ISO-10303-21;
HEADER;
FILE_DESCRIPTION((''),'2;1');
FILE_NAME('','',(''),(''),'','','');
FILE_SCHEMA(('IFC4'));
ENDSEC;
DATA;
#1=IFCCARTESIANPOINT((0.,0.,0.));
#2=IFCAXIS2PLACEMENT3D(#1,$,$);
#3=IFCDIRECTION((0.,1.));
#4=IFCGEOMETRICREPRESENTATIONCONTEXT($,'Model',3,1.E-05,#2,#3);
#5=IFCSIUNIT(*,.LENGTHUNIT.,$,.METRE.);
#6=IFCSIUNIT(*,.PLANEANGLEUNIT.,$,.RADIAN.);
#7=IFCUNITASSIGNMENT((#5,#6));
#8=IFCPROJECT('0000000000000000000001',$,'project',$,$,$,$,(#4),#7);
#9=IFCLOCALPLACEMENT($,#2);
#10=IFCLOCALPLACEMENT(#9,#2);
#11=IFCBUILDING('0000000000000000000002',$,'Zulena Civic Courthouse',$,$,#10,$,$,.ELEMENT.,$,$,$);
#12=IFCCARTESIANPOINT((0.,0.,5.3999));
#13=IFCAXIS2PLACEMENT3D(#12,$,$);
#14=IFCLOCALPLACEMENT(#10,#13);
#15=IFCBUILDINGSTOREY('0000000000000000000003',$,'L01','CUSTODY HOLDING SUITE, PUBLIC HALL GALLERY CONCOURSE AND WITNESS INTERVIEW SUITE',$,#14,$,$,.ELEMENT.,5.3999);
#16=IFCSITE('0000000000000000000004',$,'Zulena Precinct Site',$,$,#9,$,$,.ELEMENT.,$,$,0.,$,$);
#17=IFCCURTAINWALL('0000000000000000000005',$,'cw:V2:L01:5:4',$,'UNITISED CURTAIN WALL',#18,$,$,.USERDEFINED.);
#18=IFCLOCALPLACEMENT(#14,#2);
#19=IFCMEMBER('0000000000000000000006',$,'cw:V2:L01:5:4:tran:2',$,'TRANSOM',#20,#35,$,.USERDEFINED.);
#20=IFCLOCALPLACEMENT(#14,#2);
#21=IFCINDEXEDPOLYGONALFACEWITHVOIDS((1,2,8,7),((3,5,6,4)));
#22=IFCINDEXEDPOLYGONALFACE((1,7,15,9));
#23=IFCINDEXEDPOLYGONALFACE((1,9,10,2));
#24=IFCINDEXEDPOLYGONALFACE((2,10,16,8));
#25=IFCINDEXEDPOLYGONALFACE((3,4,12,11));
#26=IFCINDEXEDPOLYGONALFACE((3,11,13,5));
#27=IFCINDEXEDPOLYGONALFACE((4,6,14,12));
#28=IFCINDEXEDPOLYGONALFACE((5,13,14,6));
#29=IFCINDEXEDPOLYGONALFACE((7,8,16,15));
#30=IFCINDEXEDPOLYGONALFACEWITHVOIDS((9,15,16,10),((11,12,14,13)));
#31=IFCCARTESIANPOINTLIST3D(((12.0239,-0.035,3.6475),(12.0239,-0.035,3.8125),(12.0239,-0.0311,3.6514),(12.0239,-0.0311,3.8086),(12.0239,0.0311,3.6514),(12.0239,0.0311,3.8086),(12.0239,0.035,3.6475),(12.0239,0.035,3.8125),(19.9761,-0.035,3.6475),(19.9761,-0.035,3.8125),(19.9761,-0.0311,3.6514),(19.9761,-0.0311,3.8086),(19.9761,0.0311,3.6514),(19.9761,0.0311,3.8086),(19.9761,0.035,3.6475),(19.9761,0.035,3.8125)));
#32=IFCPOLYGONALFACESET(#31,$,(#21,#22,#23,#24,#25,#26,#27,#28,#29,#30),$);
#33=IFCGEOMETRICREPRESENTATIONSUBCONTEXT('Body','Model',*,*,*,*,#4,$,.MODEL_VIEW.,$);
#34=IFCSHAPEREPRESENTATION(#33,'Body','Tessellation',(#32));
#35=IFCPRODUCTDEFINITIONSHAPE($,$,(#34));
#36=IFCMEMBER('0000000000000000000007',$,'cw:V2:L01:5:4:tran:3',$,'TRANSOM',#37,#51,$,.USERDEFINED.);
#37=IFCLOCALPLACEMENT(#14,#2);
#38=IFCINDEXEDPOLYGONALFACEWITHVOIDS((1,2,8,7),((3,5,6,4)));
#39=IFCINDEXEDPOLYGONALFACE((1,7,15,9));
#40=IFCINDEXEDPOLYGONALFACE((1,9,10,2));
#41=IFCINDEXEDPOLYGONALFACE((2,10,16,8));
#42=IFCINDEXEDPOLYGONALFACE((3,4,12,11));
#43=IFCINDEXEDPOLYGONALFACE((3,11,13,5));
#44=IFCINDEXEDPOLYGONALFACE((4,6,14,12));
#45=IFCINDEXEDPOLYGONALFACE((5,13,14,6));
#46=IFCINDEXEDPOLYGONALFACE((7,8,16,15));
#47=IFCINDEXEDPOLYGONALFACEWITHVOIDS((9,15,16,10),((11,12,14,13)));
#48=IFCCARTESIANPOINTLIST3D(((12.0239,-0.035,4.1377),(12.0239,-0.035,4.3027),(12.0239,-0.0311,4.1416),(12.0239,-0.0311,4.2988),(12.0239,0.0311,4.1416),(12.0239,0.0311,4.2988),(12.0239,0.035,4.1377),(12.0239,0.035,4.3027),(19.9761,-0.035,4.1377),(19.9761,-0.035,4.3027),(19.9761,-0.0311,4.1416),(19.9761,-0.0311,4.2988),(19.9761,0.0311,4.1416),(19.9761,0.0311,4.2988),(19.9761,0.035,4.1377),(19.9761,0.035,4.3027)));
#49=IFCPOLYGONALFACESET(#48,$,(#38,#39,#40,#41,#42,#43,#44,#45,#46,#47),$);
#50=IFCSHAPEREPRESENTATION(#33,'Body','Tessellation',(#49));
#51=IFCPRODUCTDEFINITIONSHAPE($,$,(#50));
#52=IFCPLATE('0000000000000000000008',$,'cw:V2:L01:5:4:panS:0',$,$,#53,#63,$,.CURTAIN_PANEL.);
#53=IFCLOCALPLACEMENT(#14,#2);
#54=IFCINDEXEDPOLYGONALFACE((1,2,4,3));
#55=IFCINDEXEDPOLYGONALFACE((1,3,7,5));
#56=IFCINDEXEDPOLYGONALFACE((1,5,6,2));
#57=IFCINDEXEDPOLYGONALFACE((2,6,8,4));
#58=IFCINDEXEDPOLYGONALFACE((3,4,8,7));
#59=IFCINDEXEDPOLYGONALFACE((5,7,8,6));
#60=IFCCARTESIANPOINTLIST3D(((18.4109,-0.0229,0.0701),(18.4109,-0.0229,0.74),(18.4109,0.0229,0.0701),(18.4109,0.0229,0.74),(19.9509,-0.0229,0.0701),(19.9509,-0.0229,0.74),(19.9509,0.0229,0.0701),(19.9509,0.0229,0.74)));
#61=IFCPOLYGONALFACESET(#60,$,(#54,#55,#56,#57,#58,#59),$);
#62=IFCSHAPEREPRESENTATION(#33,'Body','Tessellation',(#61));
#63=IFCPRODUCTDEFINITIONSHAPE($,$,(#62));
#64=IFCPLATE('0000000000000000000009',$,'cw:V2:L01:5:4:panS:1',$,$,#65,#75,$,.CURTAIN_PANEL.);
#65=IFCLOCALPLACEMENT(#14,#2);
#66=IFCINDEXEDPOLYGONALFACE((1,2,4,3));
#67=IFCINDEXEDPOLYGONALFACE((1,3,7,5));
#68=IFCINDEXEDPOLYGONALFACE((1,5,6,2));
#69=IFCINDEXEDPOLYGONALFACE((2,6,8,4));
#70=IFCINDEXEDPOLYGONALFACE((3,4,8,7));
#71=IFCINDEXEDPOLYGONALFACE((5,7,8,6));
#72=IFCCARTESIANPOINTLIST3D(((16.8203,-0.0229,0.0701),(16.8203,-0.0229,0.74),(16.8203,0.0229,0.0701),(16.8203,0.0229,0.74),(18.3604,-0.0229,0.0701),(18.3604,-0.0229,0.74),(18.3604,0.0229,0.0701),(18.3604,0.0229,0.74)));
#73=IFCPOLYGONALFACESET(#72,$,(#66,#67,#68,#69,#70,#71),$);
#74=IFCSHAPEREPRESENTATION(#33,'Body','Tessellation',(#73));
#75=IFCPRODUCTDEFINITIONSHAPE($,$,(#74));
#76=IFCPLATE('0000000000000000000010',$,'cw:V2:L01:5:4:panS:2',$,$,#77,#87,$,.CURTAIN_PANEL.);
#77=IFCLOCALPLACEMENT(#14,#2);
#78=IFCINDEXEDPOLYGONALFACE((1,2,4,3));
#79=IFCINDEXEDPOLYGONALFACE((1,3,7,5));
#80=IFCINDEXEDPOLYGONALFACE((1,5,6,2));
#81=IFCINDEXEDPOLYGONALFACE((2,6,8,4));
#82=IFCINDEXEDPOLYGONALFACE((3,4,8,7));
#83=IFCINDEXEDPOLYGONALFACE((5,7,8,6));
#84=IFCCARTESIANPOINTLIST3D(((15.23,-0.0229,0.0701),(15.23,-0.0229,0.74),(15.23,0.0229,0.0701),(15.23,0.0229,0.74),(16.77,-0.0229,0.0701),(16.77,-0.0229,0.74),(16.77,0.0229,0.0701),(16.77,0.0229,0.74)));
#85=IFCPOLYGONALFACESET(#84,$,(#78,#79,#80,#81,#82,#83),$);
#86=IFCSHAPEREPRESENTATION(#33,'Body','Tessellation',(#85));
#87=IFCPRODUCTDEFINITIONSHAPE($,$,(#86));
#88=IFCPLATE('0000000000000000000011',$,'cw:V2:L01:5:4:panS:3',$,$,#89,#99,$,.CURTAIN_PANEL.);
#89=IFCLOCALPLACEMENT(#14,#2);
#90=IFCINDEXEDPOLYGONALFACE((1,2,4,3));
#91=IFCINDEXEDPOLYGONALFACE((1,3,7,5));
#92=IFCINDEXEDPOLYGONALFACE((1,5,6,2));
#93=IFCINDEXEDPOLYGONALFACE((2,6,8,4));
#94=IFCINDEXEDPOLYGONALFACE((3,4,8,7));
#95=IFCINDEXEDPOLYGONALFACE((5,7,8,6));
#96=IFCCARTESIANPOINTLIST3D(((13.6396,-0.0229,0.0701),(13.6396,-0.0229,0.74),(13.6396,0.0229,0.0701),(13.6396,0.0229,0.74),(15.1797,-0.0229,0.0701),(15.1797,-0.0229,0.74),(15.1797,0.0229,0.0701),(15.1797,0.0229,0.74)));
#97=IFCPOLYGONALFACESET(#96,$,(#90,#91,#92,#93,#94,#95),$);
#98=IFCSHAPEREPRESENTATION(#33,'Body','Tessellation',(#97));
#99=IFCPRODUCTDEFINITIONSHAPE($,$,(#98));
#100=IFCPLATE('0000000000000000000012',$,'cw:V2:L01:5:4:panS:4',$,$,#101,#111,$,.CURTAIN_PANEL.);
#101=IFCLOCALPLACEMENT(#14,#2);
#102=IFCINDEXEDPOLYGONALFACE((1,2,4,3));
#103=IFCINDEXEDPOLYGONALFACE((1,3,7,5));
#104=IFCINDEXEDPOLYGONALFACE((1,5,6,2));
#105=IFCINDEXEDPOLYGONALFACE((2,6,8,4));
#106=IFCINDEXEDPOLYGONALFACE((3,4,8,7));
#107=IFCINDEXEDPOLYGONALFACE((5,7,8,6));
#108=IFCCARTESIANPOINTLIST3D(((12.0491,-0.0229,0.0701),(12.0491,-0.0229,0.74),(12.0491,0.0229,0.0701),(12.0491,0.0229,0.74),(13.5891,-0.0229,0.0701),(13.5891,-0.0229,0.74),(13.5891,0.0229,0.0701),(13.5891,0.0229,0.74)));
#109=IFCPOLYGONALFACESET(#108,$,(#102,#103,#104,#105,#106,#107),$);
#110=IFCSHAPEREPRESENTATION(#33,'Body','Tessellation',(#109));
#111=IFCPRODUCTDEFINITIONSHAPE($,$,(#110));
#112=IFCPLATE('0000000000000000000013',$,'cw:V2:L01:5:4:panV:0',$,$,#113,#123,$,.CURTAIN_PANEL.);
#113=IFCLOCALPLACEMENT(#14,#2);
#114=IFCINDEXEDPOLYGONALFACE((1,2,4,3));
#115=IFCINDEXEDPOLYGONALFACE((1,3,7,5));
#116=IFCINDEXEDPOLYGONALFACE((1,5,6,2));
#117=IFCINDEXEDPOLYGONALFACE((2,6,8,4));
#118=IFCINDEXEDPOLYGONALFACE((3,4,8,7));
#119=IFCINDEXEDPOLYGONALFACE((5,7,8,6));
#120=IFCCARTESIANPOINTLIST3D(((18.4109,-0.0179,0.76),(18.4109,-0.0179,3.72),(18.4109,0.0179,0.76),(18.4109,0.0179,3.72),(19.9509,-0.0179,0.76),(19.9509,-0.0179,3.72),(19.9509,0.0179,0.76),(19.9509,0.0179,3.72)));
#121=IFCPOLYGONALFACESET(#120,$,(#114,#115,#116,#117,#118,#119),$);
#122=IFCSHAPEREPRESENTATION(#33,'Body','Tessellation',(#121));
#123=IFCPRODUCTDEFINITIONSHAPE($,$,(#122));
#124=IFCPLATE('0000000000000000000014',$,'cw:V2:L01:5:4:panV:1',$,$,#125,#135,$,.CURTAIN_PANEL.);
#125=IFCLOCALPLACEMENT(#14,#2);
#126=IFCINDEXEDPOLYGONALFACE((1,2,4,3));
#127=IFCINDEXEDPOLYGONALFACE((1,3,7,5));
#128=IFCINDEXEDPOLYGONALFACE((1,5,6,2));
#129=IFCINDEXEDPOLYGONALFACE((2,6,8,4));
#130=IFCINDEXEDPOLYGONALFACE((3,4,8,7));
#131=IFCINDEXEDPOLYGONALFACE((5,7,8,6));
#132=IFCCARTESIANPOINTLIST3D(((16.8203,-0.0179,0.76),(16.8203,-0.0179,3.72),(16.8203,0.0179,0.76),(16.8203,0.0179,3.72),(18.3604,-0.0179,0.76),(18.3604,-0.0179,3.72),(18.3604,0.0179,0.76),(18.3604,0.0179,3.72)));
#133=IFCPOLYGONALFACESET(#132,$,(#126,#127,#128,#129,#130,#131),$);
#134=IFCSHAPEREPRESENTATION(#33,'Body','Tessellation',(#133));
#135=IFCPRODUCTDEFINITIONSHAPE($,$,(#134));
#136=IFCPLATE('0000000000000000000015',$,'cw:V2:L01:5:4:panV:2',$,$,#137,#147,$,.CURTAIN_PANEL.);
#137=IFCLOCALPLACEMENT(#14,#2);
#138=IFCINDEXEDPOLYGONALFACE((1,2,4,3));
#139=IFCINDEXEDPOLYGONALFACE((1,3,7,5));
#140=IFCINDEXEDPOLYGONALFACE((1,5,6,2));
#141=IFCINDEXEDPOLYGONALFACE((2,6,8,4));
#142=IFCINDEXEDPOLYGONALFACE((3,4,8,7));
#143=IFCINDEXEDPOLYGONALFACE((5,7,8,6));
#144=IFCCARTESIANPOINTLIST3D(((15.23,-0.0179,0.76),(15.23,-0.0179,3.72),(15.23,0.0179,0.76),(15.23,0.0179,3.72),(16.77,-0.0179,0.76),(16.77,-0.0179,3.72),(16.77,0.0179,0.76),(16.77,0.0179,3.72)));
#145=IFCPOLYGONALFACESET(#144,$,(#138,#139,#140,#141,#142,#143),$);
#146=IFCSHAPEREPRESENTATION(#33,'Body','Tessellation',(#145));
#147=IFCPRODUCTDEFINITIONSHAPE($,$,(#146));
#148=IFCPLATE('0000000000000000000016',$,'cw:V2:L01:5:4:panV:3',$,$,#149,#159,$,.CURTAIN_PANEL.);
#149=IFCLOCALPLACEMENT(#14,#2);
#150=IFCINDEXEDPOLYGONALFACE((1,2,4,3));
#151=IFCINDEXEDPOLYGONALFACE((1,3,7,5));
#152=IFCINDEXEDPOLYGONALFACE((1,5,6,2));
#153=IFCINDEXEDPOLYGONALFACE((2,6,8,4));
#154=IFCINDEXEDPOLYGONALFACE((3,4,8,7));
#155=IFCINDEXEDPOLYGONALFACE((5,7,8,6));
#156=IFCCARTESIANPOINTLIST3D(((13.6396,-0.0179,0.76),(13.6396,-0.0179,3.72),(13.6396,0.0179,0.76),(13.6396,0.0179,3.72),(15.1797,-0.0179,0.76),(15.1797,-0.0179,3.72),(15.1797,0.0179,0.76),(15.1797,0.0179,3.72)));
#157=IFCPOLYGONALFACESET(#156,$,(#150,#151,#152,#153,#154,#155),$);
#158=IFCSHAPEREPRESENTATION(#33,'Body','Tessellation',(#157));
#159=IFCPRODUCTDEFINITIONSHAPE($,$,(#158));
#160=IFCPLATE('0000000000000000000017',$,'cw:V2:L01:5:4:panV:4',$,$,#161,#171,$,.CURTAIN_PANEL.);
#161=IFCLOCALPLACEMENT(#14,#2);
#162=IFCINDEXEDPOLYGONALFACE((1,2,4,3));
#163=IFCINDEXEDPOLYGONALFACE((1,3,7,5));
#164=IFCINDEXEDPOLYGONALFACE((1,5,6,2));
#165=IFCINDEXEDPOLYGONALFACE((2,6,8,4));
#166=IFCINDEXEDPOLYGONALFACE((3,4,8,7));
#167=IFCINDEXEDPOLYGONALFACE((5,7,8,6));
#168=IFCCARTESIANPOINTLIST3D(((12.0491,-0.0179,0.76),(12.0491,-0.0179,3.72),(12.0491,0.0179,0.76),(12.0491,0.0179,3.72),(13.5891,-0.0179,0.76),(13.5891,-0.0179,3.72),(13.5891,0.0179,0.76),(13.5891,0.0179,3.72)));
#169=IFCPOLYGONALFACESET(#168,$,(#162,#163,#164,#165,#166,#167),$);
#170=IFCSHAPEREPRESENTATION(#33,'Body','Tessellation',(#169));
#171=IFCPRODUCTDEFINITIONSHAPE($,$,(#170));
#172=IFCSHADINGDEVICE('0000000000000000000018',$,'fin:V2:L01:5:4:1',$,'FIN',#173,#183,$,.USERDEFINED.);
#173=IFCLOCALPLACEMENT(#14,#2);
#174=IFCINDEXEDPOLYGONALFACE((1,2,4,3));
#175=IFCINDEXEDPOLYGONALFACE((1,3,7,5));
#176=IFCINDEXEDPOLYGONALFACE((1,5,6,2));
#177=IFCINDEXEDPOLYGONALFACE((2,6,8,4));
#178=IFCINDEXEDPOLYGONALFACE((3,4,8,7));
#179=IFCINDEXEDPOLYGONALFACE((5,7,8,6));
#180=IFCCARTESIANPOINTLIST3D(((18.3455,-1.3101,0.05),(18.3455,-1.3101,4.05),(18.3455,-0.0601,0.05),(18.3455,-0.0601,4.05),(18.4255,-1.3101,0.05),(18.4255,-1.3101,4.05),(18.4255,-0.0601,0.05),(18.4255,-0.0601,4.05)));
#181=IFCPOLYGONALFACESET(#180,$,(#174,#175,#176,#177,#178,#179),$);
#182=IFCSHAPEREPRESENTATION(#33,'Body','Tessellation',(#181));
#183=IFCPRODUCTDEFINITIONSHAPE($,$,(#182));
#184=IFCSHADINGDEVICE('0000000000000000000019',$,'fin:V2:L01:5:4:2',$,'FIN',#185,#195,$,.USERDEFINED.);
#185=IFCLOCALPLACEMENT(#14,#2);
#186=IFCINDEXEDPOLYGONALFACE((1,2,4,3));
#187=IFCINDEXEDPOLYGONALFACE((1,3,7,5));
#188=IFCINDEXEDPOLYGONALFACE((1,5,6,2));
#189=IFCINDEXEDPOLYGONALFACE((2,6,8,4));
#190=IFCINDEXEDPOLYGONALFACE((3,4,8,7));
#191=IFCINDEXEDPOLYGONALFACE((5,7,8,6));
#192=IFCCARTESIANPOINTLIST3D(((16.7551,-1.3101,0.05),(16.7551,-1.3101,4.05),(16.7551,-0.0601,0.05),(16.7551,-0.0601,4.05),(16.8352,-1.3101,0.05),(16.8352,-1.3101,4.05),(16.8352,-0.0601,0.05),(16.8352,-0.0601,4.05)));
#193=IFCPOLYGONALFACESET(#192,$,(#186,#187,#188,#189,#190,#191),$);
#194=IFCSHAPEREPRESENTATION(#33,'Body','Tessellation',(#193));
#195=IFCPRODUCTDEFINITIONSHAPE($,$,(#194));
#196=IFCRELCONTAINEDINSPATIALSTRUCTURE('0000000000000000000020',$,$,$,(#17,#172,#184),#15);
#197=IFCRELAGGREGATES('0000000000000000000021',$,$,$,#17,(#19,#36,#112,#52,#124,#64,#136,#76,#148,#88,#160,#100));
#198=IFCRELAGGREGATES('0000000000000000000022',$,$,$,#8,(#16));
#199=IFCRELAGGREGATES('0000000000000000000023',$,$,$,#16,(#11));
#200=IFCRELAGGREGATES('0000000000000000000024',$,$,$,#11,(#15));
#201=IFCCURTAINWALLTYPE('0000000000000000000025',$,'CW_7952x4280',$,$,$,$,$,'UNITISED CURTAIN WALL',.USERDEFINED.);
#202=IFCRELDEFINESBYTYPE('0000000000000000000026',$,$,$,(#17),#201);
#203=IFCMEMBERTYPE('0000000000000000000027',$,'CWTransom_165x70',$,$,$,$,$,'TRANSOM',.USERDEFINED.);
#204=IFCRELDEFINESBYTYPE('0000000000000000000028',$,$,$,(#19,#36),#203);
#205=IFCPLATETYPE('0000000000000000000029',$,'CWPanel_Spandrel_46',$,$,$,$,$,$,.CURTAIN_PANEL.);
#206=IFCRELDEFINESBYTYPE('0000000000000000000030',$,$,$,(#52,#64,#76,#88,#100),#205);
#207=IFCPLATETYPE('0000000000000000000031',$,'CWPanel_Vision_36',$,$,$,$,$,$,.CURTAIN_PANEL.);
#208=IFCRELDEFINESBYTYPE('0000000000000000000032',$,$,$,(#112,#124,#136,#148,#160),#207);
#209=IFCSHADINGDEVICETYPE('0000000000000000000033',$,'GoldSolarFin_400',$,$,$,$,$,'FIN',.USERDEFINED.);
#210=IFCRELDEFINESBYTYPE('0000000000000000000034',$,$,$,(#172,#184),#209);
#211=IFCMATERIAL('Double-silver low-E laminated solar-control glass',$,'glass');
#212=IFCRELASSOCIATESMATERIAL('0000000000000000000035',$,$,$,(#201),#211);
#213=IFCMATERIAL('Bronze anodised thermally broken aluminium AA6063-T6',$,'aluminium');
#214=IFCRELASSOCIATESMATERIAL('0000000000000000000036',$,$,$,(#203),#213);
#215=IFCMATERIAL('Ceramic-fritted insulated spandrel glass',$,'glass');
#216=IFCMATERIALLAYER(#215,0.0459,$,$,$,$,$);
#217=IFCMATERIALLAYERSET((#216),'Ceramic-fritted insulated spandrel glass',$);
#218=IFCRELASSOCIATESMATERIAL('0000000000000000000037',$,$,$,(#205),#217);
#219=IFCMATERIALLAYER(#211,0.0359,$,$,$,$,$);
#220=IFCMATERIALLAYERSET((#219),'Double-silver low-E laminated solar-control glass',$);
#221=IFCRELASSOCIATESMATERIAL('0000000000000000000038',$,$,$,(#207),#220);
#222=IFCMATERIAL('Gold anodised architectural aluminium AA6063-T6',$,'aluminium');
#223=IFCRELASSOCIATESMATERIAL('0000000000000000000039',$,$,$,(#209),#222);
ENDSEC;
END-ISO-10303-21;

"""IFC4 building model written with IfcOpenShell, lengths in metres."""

from ifc_helpers import new_model, si_unit, direction, frame, origin, origin_2d, place, context, subcontext, project, spatial, rectangle, hollow_rectangle, extrude, material, layer, layer_set, material_profile, profile_set, type_object, element, aggregate, save


model = new_model("IFC4")

# Units and contexts
model_context = context("Model", 3, precision=1e-05, world=origin(), true_north=direction((0.0, 1.0)))
body_context = subcontext(model_context, "Body", "Model", "MODEL_VIEW")
ifc_project = project(units=[si_unit("LENGTHUNIT", "METRE"), si_unit("PLANEANGLEUNIT", "RADIAN")], contexts=[model_context])

# Site, building, storey
site_placement = place(None, origin())
site = spatial("IfcSite", under=ifc_project, at=site_placement, Name="Zulena Precinct Site", CompositionType="ELEMENT", RefElevation=0.0)
building_placement = place(site_placement, origin())
building = spatial("IfcBuilding", under=site, at=building_placement, Name="Zulena Civic Courthouse", CompositionType="ELEMENT")
storey_placement = place(building_placement, frame((0.0, 0.0, 5.3999)))
storey = spatial("IfcBuildingStorey", under=building, at=storey_placement, Name="L01", Description="CUSTODY HOLDING SUITE, PUBLIC HALL GALLERY CONCOURSE AND WITNESS INTERVIEW SUITE", CompositionType="ELEMENT", Elevation=5.3999)

# Shared definitions
ifc_material_1 = material(Name="Double-silver low-E laminated solar-control glass", Category="glass")
curtain_wall_type = type_object("IfcCurtainWallType", Name="CW_7952x4280", ElementType="UNITISED CURTAIN WALL", PredefinedType="USERDEFINED", material=ifc_material_1)
ifc_material_2 = material(Name="Bronze anodised thermally broken aluminium AA6063-T6", Category="aluminium")

# Curtain wall, members, plates
curtain_wall_1_placement = place(storey_placement, origin())
curtain_wall_1 = element("IfcCurtainWall", 1, at=curtain_wall_1_placement, inside=storey, type_object=curtain_wall_type, Name="cw:V2:L01:5:4", ObjectType="UNITISED CURTAIN WALL", PredefinedType="USERDEFINED")
ifc_material_profile_1 = material_profile(ifc_material_2, hollow_rectangle(XDim=0.0701, YDim=0.165, WallThickness=0.0039, at=origin_2d()), Name="CWT165X70X4")
ifc_profile_set_1 = profile_set([ifc_material_profile_1], Name="Bronze anodised thermally broken aluminium AA6063-T6")
member_type_1 = type_object("IfcMemberType", Name="CWTransom_165x70", ElementType="TRANSOM", PredefinedType="USERDEFINED", material=ifc_profile_set_1)
member_1_placement = place(storey_placement, frame((19.9761, 0.0, 3.73), z_axis=(-1.0, 0.0, 0.0), x_axis=(0.0, -1.0, 0.0)))
member_1 = element("IfcMember", 2, at=member_1_placement, type_object=member_type_1, Name="cw:V2:L01:5:4:tran:2", ObjectType="TRANSOM", PredefinedType="USERDEFINED", context=body_context, shape_type="SweptSolid", body=[
    extrude(hollow_rectangle(XDim=0.0701, YDim=0.165, WallThickness=0.0039, at=origin_2d()), origin(), (0.0, 0.0, 1.0), 7.9521),
])
member_2_placement = place(storey_placement, frame((19.9761, 0.0, 4.2202), z_axis=(-1.0, 0.0, 0.0), x_axis=(0.0, -1.0, 0.0)))
member_2 = element("IfcMember", 3, at=member_2_placement, type_object=member_type_1, Name="cw:V2:L01:5:4:tran:3", ObjectType="TRANSOM", PredefinedType="USERDEFINED", context=body_context, shape_type="SweptSolid", body=[
    extrude(hollow_rectangle(XDim=0.0701, YDim=0.165, WallThickness=0.0039, at=origin_2d()), origin(), (0.0, 0.0, 1.0), 7.9521),
])
ifc_material_3 = material(Name="Ceramic-fritted insulated spandrel glass", Category="glass")
ifc_layer_1 = layer(ifc_material_3, 0.0459)
ifc_layer_set_1 = layer_set([ifc_layer_1], Name="Ceramic-fritted insulated spandrel glass")
plate_type_1 = type_object("IfcPlateType", Name="CWPanel_Spandrel_46", PredefinedType="CURTAIN_PANEL", material=ifc_layer_set_1)
plate_1_placement = place(storey_placement, frame((19.1809, 0.0, 0.0701), z_axis=(0.0, 0.0, 1.0), x_axis=(-1.0, 0.0, 0.0)))
plate_1 = element("IfcPlate", 4, at=plate_1_placement, type_object=plate_type_1, Name="cw:V2:L01:5:4:panS:0", PredefinedType="CURTAIN_PANEL", context=body_context, shape_type="SweptSolid", body=[
    extrude(rectangle(XDim=1.54, YDim=0.0459, at=origin_2d()), origin(), (0.0, 0.0, 1.0), 0.6699),
])
plate_2_placement = place(storey_placement, frame((17.5903, 0.0, 0.0701), z_axis=(0.0, 0.0, 1.0), x_axis=(-1.0, 0.0, 0.0)))
plate_2 = element("IfcPlate", 5, at=plate_2_placement, type_object=plate_type_1, Name="cw:V2:L01:5:4:panS:1", PredefinedType="CURTAIN_PANEL", context=body_context, shape_type="SweptSolid", body=[
    extrude(rectangle(XDim=1.54, YDim=0.0459, at=origin_2d()), origin(), (0.0, 0.0, 1.0), 0.6699),
])
plate_3_placement = place(storey_placement, frame((16.0, 0.0, 0.0701), z_axis=(0.0, 0.0, 1.0), x_axis=(-1.0, 0.0, 0.0)))
plate_3 = element("IfcPlate", 6, at=plate_3_placement, type_object=plate_type_1, Name="cw:V2:L01:5:4:panS:2", PredefinedType="CURTAIN_PANEL", context=body_context, shape_type="SweptSolid", body=[
    extrude(rectangle(XDim=1.54, YDim=0.0459, at=origin_2d()), origin(), (0.0, 0.0, 1.0), 0.6699),
])
plate_4_placement = place(storey_placement, frame((14.4097, 0.0, 0.0701), z_axis=(0.0, 0.0, 1.0), x_axis=(-1.0, 0.0, 0.0)))
plate_4 = element("IfcPlate", 7, at=plate_4_placement, type_object=plate_type_1, Name="cw:V2:L01:5:4:panS:3", PredefinedType="CURTAIN_PANEL", context=body_context, shape_type="SweptSolid", body=[
    extrude(rectangle(XDim=1.54, YDim=0.0459, at=origin_2d()), origin(), (0.0, 0.0, 1.0), 0.6699),
])
plate_5_placement = place(storey_placement, frame((12.8191, 0.0, 0.0701), z_axis=(0.0, 0.0, 1.0), x_axis=(-1.0, 0.0, 0.0)))
plate_5 = element("IfcPlate", 8, at=plate_5_placement, type_object=plate_type_1, Name="cw:V2:L01:5:4:panS:4", PredefinedType="CURTAIN_PANEL", context=body_context, shape_type="SweptSolid", body=[
    extrude(rectangle(XDim=1.54, YDim=0.0459, at=origin_2d()), origin(), (0.0, 0.0, 1.0), 0.6699),
])
ifc_layer_2 = layer(ifc_material_1, 0.0359)
ifc_layer_set_2 = layer_set([ifc_layer_2], Name="Double-silver low-E laminated solar-control glass")
plate_type_2 = type_object("IfcPlateType", Name="CWPanel_Vision_36", PredefinedType="CURTAIN_PANEL", material=ifc_layer_set_2)
plate_6_placement = place(storey_placement, frame((19.1809, 0.0, 0.76), z_axis=(0.0, 0.0, 1.0), x_axis=(-1.0, 0.0, 0.0)))
plate_6 = element("IfcPlate", 9, at=plate_6_placement, type_object=plate_type_2, Name="cw:V2:L01:5:4:panV:0", PredefinedType="CURTAIN_PANEL", context=body_context, shape_type="SweptSolid", body=[
    extrude(rectangle(XDim=1.54, YDim=0.0359, at=origin_2d()), origin(), (0.0, 0.0, 1.0), 2.96),
])
plate_7_placement = place(storey_placement, frame((17.5903, 0.0, 0.76), z_axis=(0.0, 0.0, 1.0), x_axis=(-1.0, 0.0, 0.0)))
plate_7 = element("IfcPlate", 10, at=plate_7_placement, type_object=plate_type_2, Name="cw:V2:L01:5:4:panV:1", PredefinedType="CURTAIN_PANEL", context=body_context, shape_type="SweptSolid", body=[
    extrude(rectangle(XDim=1.54, YDim=0.0359, at=origin_2d()), origin(), (0.0, 0.0, 1.0), 2.96),
])
plate_8_placement = place(storey_placement, frame((16.0, 0.0, 0.76), z_axis=(0.0, 0.0, 1.0), x_axis=(-1.0, 0.0, 0.0)))
plate_8 = element("IfcPlate", 11, at=plate_8_placement, type_object=plate_type_2, Name="cw:V2:L01:5:4:panV:2", PredefinedType="CURTAIN_PANEL", context=body_context, shape_type="SweptSolid", body=[
    extrude(rectangle(XDim=1.54, YDim=0.0359, at=origin_2d()), origin(), (0.0, 0.0, 1.0), 2.96),
])
plate_9_placement = place(storey_placement, frame((14.4097, 0.0, 0.76), z_axis=(0.0, 0.0, 1.0), x_axis=(-1.0, 0.0, 0.0)))
plate_9 = element("IfcPlate", 12, at=plate_9_placement, type_object=plate_type_2, Name="cw:V2:L01:5:4:panV:3", PredefinedType="CURTAIN_PANEL", context=body_context, shape_type="SweptSolid", body=[
    extrude(rectangle(XDim=1.54, YDim=0.0359, at=origin_2d()), origin(), (0.0, 0.0, 1.0), 2.96),
])
plate_10_placement = place(storey_placement, frame((12.8191, 0.0, 0.76), z_axis=(0.0, 0.0, 1.0), x_axis=(-1.0, 0.0, 0.0)))
plate_10 = element("IfcPlate", 13, at=plate_10_placement, type_object=plate_type_2, Name="cw:V2:L01:5:4:panV:4", PredefinedType="CURTAIN_PANEL", context=body_context, shape_type="SweptSolid", body=[
    extrude(rectangle(XDim=1.54, YDim=0.0359, at=origin_2d()), origin(), (0.0, 0.0, 1.0), 2.96),
])
aggregate(curtain_wall_1, [member_1, member_2, plate_6, plate_1, plate_7, plate_2, plate_8, plate_3, plate_9, plate_4, plate_10, plate_5])

# Shading devices
ifc_material_4 = material(Name="Gold anodised architectural aluminium AA6063-T6", Category="aluminium")
shading_device_type = type_object("IfcShadingDeviceType", Name="GoldSolarFin_400", ElementType="FIN", PredefinedType="USERDEFINED", material=ifc_material_4)
for number, where, z_axis, x_axis, name in (
    (14, (18.3855, -0.6851, 0.05), (0.0, 0.0, 1.0), (0.0, -1.0, 0.0), "fin:V2:L01:5:4:1"),
    (15, (16.7952, -0.6851, 0.05), (0.0, 0.0, 1.0), (0.0, -1.0, 0.0), "fin:V2:L01:5:4:2"),
):
    element("IfcShadingDevice", number, at=place(storey_placement, frame(where, z_axis=z_axis, x_axis=x_axis)), inside=storey, type_object=shading_device_type, Name=name, ObjectType="FIN", PredefinedType="USERDEFINED", context=body_context, shape_type="SweptSolid", body=[
        extrude(rectangle(XDim=1.25, YDim=0.0801, at=origin_2d()), origin(), (0.0, 0.0, 1.0), 4.0),
    ])

save(model, "model.ifc")
